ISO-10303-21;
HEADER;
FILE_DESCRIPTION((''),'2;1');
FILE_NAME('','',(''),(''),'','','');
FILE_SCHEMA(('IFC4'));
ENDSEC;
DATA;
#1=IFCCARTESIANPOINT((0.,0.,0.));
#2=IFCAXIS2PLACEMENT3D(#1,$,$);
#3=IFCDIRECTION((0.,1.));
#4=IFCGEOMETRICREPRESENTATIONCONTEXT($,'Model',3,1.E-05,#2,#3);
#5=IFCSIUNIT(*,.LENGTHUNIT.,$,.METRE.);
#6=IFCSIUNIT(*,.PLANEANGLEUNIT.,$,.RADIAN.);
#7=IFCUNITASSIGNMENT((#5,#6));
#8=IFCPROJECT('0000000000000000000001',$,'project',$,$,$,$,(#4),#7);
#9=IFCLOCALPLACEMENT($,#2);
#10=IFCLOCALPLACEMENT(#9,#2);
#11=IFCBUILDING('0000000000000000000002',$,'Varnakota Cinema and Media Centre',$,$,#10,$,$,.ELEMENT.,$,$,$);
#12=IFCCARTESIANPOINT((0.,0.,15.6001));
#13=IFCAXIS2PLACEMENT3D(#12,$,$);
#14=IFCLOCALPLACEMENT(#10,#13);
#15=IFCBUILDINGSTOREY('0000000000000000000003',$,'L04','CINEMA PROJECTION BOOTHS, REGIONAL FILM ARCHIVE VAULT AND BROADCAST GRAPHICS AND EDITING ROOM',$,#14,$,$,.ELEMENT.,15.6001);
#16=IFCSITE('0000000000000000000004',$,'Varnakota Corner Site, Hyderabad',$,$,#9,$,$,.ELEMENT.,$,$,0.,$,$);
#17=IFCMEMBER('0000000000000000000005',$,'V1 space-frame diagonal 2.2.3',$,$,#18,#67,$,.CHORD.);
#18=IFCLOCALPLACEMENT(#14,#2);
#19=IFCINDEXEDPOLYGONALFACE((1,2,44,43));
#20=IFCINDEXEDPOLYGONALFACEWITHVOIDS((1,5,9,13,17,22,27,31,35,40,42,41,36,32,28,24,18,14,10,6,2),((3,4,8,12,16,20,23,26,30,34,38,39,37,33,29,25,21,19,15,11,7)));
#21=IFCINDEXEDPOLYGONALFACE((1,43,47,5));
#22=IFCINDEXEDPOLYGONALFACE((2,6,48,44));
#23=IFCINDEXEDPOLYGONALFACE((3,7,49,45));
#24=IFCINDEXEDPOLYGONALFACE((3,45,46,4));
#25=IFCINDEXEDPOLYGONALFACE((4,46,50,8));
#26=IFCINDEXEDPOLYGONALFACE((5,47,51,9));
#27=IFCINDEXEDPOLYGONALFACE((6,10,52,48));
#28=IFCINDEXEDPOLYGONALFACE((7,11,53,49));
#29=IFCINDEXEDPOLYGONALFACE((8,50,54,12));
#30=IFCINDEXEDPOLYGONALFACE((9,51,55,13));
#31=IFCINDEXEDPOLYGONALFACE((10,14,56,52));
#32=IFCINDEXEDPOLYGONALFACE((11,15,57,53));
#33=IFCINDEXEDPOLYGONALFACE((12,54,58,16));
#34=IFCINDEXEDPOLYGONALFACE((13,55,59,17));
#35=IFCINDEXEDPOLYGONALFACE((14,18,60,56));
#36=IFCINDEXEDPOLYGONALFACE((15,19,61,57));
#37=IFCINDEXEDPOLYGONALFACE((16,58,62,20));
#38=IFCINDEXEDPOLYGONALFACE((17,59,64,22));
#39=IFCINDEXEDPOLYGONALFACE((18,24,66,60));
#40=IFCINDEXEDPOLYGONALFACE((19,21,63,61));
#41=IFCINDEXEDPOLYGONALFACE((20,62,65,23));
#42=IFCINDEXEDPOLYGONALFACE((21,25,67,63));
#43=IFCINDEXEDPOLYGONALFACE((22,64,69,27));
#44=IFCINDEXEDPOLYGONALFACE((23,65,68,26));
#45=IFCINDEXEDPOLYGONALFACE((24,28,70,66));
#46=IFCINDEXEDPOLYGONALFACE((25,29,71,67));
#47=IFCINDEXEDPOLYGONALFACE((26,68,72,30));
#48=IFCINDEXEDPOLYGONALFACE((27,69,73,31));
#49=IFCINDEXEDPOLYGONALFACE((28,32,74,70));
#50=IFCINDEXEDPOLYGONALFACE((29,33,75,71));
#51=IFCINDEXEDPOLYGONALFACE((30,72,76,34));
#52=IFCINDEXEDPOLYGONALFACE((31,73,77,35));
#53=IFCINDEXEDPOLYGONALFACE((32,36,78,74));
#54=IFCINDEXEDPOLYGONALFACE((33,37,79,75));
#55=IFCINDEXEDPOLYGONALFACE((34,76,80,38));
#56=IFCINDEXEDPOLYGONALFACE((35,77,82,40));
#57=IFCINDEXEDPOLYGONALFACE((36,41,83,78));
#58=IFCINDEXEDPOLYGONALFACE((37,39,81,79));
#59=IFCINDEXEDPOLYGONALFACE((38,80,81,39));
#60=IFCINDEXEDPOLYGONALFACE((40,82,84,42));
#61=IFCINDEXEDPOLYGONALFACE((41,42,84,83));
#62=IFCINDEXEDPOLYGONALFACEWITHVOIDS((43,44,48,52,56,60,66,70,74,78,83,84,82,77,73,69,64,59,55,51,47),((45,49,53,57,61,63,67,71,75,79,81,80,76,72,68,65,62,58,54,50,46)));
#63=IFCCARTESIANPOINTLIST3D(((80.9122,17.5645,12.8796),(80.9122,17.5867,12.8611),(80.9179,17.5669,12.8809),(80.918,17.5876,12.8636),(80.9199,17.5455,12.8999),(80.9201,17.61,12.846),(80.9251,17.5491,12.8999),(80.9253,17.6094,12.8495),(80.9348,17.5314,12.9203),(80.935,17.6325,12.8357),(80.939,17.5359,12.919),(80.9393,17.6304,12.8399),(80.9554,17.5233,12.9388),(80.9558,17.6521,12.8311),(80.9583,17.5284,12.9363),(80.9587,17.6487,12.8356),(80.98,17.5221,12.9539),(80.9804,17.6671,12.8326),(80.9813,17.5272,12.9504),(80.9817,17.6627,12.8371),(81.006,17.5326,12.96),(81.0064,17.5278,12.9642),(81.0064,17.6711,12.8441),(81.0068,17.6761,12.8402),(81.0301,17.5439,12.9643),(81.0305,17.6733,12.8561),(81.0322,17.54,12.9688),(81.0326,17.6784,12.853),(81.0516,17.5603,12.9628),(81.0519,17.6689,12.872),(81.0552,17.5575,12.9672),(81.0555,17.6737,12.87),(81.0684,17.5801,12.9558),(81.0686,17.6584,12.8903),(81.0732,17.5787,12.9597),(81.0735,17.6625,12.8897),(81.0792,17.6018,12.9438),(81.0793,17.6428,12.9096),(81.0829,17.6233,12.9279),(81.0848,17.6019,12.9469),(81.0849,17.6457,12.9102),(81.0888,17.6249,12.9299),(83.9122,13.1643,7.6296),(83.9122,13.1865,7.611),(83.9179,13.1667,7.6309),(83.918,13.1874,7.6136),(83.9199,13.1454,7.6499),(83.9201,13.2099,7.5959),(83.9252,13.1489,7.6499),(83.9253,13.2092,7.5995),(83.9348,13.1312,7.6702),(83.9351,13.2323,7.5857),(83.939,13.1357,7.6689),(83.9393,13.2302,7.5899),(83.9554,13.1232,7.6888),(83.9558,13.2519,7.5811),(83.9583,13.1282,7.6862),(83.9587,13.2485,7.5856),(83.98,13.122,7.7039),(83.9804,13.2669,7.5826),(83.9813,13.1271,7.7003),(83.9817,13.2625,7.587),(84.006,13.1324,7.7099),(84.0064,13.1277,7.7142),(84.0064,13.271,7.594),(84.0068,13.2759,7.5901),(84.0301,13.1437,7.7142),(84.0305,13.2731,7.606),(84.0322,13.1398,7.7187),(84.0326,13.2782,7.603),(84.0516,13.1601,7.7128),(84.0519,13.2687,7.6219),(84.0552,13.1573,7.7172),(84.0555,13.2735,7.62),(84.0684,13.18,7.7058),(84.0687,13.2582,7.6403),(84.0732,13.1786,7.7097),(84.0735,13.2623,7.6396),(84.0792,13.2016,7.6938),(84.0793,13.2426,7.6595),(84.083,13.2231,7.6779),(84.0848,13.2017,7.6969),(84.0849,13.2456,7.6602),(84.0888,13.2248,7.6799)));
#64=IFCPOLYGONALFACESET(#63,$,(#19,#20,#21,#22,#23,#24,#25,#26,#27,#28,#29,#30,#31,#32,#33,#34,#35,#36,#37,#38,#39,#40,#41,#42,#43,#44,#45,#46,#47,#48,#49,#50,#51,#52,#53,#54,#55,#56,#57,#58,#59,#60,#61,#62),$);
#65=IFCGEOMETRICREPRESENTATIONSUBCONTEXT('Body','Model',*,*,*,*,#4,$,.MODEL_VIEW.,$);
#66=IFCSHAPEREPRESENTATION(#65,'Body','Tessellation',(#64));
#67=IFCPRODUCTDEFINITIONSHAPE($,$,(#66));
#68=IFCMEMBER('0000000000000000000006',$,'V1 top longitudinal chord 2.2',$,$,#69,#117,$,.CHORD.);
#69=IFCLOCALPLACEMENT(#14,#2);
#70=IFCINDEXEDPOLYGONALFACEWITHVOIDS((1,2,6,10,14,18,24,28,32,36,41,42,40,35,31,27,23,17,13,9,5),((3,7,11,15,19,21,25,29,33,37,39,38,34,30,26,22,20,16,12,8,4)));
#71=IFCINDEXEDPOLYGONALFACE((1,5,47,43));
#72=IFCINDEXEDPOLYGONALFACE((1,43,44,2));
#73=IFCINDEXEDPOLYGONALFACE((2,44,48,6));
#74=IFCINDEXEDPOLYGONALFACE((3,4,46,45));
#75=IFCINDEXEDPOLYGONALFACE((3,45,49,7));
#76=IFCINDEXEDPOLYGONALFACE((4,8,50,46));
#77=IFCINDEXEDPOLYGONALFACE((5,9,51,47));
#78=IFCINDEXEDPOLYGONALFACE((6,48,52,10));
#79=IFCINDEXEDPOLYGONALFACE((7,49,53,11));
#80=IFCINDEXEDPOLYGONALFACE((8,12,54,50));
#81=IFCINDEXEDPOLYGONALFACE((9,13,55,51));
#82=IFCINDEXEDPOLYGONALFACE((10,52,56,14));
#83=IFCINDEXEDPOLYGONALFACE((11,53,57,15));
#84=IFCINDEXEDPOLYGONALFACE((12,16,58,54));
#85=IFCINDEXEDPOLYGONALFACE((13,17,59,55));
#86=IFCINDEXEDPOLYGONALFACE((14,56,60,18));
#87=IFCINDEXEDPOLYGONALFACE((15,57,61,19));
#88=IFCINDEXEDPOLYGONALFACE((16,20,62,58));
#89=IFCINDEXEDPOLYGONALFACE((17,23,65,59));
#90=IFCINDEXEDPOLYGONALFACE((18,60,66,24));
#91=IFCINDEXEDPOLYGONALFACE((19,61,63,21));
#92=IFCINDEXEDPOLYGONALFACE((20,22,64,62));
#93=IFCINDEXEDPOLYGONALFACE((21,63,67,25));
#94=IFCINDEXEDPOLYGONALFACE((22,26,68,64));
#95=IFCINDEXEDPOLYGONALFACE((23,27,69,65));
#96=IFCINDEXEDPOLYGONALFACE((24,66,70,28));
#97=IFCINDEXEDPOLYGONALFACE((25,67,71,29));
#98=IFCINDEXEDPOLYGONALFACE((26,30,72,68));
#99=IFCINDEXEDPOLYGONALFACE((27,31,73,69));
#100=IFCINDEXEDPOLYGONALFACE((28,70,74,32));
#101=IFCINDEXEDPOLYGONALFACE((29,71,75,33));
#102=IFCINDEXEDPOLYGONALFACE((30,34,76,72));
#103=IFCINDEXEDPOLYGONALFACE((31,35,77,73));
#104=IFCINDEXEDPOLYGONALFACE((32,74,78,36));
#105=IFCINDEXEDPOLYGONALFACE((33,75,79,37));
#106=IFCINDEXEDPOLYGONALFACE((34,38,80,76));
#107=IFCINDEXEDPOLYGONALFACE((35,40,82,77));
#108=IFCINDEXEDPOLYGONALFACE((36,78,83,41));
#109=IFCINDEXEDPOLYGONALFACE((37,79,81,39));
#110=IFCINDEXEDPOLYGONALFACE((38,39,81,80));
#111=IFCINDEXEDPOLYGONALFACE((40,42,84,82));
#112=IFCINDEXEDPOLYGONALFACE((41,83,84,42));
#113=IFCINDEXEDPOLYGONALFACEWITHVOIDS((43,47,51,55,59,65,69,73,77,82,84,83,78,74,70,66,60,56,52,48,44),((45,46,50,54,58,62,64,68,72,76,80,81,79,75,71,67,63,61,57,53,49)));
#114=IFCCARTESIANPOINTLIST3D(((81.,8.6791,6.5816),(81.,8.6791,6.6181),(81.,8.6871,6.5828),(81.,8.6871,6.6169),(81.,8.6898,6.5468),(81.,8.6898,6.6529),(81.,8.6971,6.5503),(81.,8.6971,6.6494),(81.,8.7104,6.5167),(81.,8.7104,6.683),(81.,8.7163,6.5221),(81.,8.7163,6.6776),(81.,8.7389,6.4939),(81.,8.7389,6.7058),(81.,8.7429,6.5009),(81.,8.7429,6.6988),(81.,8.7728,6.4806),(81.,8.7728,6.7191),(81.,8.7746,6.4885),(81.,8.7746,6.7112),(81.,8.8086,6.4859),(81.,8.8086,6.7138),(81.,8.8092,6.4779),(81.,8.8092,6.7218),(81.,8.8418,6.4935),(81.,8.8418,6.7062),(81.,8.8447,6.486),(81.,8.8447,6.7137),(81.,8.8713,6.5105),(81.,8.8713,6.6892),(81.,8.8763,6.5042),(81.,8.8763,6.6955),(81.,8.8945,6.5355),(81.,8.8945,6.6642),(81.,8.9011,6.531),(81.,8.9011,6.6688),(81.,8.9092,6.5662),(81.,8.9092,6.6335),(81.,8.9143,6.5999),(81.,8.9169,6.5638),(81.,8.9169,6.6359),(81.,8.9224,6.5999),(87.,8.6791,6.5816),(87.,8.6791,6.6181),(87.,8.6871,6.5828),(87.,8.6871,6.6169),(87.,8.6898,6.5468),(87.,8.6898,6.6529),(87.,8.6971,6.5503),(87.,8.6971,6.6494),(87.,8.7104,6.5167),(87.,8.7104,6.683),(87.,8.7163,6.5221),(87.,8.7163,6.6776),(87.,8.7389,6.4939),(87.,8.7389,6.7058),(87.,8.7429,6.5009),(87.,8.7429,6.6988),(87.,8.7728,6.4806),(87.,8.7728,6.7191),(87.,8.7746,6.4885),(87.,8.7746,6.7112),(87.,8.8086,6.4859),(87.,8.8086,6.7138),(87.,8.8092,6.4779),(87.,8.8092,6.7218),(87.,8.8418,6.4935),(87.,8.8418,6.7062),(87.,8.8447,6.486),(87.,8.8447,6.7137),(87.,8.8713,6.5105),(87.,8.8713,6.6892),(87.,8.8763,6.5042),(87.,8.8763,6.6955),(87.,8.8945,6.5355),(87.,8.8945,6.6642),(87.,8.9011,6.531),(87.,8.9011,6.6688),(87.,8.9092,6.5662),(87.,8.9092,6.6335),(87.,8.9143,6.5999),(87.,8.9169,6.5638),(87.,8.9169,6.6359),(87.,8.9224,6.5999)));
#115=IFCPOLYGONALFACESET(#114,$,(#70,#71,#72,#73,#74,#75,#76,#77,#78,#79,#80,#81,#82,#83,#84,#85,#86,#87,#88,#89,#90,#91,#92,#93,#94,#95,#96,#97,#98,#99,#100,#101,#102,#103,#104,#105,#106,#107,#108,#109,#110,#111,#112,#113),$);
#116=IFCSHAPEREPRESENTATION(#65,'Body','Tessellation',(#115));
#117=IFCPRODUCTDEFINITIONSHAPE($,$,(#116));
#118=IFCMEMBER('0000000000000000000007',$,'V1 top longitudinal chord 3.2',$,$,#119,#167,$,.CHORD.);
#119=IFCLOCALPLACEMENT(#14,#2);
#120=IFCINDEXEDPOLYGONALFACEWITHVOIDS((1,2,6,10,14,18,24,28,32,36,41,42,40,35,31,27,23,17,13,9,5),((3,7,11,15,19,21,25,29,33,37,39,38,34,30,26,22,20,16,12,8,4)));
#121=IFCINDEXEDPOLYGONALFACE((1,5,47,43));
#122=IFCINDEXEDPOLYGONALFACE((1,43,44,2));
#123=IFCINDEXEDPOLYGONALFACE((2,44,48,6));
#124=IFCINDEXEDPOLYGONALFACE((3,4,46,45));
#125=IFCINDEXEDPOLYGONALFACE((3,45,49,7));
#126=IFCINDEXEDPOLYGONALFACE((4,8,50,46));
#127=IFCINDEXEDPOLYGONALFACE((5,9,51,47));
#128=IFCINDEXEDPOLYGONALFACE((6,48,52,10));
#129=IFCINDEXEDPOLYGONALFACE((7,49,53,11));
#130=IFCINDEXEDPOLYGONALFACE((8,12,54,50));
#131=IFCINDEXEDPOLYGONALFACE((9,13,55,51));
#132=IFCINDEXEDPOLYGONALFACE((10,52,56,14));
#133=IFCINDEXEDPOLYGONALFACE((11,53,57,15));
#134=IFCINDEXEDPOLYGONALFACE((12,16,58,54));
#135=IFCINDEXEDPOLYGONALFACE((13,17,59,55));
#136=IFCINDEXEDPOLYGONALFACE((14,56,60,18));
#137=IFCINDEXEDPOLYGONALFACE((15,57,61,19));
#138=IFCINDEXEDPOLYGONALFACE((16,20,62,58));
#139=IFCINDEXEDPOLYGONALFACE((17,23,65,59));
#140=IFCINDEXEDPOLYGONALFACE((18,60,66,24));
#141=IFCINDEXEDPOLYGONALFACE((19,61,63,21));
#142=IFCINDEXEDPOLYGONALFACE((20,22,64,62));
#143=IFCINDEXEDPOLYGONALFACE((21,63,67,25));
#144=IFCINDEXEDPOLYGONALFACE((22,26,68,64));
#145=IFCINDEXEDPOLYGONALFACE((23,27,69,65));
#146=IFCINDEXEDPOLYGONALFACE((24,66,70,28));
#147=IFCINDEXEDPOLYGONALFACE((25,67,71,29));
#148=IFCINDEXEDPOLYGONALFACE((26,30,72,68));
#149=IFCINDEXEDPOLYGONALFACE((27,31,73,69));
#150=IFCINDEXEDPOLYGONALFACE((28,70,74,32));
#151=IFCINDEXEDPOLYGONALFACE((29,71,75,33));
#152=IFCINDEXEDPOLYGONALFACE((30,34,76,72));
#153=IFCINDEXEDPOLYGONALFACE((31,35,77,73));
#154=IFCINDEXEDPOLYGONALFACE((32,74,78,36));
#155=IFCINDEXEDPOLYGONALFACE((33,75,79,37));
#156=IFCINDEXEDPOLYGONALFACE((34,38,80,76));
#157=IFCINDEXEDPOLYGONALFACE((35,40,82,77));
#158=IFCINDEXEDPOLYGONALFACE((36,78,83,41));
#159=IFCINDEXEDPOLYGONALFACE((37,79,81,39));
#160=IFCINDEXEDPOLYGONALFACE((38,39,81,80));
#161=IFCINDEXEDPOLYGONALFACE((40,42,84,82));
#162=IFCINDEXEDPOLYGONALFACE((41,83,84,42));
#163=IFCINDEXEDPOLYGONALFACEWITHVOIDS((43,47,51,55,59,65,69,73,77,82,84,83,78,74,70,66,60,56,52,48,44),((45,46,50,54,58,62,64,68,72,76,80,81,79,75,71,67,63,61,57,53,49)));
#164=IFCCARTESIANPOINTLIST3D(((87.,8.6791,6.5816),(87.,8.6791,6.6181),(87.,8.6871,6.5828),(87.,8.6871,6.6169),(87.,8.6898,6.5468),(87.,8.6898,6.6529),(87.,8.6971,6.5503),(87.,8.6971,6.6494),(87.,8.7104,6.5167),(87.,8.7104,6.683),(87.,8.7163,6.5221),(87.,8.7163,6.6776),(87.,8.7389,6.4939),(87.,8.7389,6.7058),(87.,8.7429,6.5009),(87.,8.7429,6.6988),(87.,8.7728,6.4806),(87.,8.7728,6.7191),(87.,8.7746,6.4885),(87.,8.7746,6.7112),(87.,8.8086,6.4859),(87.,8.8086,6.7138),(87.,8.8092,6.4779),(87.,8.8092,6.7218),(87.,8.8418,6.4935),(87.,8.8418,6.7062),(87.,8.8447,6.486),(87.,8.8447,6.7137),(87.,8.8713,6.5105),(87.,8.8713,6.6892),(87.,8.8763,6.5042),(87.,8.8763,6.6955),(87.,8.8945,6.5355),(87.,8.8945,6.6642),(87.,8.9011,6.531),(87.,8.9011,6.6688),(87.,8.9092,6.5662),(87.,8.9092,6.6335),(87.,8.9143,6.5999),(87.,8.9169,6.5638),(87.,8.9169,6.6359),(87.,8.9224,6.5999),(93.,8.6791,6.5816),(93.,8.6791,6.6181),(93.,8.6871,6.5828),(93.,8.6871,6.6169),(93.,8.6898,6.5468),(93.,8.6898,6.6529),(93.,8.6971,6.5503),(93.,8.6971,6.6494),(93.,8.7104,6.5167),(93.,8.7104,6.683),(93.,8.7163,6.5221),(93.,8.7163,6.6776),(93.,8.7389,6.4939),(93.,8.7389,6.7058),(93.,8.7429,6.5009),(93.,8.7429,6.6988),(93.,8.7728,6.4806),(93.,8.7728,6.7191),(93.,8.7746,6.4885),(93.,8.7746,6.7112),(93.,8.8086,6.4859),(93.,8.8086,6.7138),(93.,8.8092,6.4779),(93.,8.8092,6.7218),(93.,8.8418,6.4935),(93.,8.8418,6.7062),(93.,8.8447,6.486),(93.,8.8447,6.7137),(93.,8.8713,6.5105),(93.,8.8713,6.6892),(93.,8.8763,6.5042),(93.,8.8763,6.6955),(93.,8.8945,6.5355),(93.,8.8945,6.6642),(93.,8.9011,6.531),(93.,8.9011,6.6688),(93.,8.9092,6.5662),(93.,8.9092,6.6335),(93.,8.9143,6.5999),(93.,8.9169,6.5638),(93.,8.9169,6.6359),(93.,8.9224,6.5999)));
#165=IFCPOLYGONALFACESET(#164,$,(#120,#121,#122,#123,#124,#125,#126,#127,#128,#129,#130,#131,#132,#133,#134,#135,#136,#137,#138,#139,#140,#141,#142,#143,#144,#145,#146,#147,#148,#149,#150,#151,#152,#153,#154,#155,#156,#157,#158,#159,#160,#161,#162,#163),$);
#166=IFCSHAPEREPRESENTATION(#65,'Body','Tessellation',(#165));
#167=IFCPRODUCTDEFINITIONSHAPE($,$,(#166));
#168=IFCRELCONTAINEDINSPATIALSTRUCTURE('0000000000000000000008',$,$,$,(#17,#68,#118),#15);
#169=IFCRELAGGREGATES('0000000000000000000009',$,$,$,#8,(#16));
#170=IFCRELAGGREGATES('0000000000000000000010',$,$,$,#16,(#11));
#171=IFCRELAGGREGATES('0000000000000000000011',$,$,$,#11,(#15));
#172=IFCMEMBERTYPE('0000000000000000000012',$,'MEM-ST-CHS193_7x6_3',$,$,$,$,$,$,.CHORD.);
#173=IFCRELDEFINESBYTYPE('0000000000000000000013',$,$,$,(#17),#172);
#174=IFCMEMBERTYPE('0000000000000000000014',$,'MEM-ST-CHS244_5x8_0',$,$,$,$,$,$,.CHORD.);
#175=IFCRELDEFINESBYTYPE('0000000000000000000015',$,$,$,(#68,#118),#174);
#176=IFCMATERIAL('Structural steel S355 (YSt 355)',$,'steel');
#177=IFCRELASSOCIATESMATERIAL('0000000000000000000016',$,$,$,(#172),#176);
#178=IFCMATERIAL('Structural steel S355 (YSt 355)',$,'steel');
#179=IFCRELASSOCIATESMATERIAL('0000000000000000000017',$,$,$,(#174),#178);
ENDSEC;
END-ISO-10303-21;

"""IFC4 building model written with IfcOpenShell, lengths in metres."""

from ifc_helpers import new_model, si_unit, direction, frame, origin, origin_2d, place, context, subcontext, project, spatial, hollow_circle, extrude, material, material_profile, profile_set, type_object, element, save


model = new_model("IFC4")

# Units and contexts
model_context = context("Model", 3, precision=1e-05, world=origin(), true_north=direction((0.0, 1.0)))
body_context = subcontext(model_context, "Body", "Model", "MODEL_VIEW")
ifc_project = project(units=[si_unit("LENGTHUNIT", "METRE"), si_unit("PLANEANGLEUNIT", "RADIAN")], contexts=[model_context])

# Site, building, storey
site_placement = place(None, origin())
site = spatial("IfcSite", under=ifc_project, at=site_placement, Name="Varnakota Corner Site, Hyderabad", CompositionType="ELEMENT", RefElevation=0.0)
building_placement = place(site_placement, origin())
building = spatial("IfcBuilding", under=site, at=building_placement, Name="Varnakota Cinema and Media Centre", CompositionType="ELEMENT")
storey_placement = place(building_placement, frame((0.0, 0.0, 15.6001)))
storey = spatial("IfcBuildingStorey", under=building, at=storey_placement, Name="L04", Description="CINEMA PROJECTION BOOTHS, REGIONAL FILM ARCHIVE VAULT AND BROADCAST GRAPHICS AND EDITING ROOM", CompositionType="ELEMENT", Elevation=15.6001)

# Members
ifc_material_1 = material(Name="Structural steel S355 (YSt 355)", Category="steel")
ifc_material_profile_1 = material_profile(ifc_material_1, hollow_circle(Radius=0.0969, WallThickness=0.0063, at=origin_2d()), Name="CHS 193.7x6.3")
ifc_profile_set_1 = profile_set([ifc_material_profile_1], Name="Structural steel S355 (YSt 355)")
member_type_1 = type_object("IfcMemberType", Name="MEM-ST-CHS193_7x6_3", PredefinedType="CHORD", material=ifc_profile_set_1)
member_1_placement = place(storey_placement, frame((84.0, 13.2, 7.6499), z_axis=(-0.401165, 0.588395, 0.702039), x_axis=(-0.826236, -0.563324, 0.0)))
element("IfcMember", 1, at=member_1_placement, inside=storey, type_object=member_type_1, Name="V1 space-frame diagonal 2.2.3", PredefinedType="CHORD", context=body_context, shape_type="SweptSolid", body=[
    extrude(hollow_circle(Radius=0.0969, WallThickness=0.0063, at=origin_2d()), origin(), (0.0, 0.0, 1.0), 7.4783),
])
ifc_material_2 = material(Name="Structural steel S355 (YSt 355)", Category="steel")
ifc_material_profile_2 = material_profile(ifc_material_2, hollow_circle(Radius=0.1223, WallThickness=0.0081, at=origin_2d()), Name="CHS 244.5x8.0")
ifc_profile_set_2 = profile_set([ifc_material_profile_2], Name="Structural steel S355 (YSt 355)")
member_type_2 = type_object("IfcMemberType", Name="MEM-ST-CHS244_5x8_0", PredefinedType="CHORD", material=ifc_profile_set_2)
for number, where, z_axis, x_axis, name in (
    (2, (81.0, 8.8, 6.5999), (1.0, 0.0, 0.0), (0.0, 1.0, 0.0), "V1 top longitudinal chord 2.2"),
    (3, (87.0, 8.8, 6.5999), (1.0, 0.0, 0.0), (0.0, 1.0, 0.0), "V1 top longitudinal chord 3.2"),
):
    element("IfcMember", number, at=place(storey_placement, frame(where, z_axis=z_axis, x_axis=x_axis)), inside=storey, type_object=member_type_2, Name=name, PredefinedType="CHORD", context=body_context, shape_type="SweptSolid", body=[
        extrude(hollow_circle(Radius=0.1223, WallThickness=0.0081, at=origin_2d()), origin(), (0.0, 0.0, 1.0), 6.0),
    ])

save(model, "model.ifc")
